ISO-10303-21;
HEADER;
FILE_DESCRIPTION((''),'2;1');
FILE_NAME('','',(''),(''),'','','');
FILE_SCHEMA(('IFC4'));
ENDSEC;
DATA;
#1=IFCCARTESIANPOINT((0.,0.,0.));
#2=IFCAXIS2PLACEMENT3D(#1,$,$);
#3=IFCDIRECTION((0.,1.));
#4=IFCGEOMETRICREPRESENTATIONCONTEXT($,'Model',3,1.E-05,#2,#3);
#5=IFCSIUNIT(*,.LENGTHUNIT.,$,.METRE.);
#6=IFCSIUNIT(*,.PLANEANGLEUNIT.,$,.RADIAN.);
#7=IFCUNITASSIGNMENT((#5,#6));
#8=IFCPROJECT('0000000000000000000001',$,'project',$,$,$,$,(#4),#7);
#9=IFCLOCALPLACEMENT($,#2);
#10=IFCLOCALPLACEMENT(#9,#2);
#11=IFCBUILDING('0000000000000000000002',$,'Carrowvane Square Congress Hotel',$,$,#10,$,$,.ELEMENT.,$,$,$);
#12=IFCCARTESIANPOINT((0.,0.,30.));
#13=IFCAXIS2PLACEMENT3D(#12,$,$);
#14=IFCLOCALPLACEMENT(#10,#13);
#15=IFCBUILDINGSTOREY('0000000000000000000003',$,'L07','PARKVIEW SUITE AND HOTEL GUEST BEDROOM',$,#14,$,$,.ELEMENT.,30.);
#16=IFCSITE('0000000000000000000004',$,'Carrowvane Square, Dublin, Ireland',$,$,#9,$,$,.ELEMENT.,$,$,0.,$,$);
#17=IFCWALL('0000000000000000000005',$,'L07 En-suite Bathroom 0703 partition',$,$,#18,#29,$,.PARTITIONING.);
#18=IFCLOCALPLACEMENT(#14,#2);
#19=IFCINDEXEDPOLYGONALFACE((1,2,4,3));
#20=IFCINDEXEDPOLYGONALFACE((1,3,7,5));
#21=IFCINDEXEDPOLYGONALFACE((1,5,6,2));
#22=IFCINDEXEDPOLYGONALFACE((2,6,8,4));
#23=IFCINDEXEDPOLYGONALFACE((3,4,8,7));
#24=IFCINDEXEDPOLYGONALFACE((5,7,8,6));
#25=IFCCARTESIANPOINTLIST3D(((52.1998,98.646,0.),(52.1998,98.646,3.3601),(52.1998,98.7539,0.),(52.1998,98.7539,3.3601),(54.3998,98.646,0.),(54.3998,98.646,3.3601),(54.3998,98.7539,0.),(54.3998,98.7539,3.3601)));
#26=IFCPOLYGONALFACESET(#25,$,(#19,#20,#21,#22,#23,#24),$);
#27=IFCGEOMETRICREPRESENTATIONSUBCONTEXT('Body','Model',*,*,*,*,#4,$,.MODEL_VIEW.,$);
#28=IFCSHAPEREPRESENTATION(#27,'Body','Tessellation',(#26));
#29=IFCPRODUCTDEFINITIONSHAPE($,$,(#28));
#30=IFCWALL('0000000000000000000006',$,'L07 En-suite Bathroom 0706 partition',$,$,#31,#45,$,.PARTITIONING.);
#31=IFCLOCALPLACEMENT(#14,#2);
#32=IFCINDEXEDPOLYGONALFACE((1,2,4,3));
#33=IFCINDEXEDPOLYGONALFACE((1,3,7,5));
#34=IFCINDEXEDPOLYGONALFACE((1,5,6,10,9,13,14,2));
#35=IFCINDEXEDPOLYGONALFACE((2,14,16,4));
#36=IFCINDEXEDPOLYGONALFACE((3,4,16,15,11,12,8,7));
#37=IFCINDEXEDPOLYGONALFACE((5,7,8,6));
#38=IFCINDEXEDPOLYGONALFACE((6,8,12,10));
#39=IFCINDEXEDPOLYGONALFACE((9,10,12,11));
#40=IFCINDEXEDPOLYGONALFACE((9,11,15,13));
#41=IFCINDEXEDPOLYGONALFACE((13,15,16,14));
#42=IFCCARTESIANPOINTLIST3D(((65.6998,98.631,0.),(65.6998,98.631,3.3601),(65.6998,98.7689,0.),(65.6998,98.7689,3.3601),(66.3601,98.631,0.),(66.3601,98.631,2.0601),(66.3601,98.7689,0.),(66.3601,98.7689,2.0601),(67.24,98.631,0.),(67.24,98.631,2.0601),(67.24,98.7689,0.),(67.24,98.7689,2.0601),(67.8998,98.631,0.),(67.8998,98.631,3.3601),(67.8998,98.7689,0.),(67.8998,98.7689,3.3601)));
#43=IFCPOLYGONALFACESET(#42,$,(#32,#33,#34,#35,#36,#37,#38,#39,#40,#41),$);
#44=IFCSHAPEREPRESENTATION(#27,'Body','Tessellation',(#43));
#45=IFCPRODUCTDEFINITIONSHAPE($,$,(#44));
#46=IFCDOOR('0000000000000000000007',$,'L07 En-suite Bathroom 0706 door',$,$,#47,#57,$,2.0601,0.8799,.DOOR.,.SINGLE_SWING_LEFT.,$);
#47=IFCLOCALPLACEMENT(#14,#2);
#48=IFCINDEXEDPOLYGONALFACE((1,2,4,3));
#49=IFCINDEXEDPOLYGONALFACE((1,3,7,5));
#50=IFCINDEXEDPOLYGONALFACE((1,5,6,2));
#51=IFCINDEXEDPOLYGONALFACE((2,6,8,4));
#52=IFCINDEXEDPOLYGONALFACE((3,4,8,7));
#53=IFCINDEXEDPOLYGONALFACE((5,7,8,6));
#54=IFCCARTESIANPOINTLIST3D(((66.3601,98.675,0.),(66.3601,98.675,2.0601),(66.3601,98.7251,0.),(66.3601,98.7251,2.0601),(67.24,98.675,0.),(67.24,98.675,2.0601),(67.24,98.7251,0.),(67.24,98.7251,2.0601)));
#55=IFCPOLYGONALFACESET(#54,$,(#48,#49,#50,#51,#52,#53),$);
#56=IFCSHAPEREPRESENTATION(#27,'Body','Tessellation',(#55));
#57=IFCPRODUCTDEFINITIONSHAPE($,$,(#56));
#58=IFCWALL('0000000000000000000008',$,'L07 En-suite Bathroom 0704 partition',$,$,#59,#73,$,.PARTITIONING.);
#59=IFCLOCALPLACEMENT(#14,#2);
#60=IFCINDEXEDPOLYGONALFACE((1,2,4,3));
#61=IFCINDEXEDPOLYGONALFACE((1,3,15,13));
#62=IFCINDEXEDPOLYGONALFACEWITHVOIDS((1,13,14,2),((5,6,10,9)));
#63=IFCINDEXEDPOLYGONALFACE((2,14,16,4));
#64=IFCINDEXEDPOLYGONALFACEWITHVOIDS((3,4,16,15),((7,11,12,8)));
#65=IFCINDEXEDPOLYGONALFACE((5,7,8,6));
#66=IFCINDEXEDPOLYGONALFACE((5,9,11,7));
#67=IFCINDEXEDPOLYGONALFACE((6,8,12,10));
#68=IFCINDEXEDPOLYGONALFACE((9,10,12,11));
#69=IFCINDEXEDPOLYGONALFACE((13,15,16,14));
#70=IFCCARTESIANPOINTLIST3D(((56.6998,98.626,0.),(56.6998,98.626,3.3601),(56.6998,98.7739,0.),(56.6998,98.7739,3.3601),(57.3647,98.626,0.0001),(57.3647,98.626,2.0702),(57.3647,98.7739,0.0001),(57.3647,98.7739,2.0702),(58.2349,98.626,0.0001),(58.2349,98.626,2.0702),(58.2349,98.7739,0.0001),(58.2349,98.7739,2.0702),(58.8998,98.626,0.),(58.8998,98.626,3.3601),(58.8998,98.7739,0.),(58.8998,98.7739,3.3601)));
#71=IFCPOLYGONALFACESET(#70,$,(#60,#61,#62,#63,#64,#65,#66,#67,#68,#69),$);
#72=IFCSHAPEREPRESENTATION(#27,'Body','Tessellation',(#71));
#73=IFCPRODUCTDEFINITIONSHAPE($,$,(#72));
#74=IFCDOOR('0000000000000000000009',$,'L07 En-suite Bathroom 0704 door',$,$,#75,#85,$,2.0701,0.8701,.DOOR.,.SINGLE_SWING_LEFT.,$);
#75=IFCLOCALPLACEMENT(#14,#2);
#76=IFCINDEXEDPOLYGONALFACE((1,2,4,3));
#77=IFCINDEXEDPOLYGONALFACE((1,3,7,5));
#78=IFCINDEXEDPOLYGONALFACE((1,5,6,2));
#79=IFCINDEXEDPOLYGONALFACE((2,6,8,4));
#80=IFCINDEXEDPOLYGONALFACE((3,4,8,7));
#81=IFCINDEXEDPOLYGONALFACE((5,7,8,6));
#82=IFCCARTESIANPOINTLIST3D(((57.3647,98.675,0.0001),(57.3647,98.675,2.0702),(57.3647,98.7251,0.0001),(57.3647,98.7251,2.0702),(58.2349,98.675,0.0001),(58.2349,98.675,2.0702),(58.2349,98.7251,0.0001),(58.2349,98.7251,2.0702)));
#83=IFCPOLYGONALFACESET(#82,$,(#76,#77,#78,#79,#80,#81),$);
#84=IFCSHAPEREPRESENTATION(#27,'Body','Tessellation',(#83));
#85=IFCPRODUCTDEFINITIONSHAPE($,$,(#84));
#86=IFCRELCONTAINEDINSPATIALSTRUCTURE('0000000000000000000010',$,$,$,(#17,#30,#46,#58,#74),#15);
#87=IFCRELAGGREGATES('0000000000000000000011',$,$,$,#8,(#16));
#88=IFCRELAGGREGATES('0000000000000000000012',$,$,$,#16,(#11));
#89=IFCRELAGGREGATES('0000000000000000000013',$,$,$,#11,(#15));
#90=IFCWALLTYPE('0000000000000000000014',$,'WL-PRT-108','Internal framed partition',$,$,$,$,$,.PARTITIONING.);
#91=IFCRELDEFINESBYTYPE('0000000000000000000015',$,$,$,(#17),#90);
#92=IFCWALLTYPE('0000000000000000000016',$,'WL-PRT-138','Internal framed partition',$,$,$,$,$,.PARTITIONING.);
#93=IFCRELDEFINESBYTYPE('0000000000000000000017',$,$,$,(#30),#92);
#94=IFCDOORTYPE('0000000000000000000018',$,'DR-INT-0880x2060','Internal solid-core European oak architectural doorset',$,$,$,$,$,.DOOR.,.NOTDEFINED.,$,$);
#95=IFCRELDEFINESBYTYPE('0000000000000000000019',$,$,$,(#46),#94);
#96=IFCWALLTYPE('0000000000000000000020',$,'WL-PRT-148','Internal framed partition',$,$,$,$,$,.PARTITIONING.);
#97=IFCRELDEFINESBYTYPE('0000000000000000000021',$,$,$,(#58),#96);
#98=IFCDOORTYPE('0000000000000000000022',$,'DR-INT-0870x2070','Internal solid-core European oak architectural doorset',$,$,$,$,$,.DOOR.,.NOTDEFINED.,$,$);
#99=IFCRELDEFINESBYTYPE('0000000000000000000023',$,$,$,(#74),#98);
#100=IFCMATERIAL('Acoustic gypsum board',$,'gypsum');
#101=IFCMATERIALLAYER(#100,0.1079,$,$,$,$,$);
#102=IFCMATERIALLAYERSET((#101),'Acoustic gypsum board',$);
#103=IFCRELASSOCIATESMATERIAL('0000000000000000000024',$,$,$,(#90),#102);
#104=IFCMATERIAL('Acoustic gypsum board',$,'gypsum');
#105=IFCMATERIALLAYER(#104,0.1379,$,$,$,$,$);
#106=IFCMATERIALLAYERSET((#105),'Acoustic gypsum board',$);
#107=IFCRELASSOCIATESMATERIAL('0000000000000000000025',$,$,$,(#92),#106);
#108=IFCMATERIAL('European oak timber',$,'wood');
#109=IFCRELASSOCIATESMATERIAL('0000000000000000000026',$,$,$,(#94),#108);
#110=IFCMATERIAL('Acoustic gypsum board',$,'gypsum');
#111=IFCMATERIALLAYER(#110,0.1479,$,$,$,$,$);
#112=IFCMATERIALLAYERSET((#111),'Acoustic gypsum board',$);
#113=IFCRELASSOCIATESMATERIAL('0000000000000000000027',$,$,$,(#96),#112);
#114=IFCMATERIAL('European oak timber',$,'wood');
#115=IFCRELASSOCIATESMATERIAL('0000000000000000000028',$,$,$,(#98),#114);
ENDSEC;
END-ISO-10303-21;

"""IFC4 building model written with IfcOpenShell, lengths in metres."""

from ifc_helpers import new_model, si_unit, direction, frame, frame_2d, origin, place, context, subcontext, project, spatial, rectangle, extrude, material, layer, layer_set, type_object, element, fill, save


model = new_model("IFC4")

# Units and contexts
model_context = context("Model", 3, precision=1e-05, world=origin(), true_north=direction((0.0, 1.0)))
body_context = subcontext(model_context, "Body", "Model", "MODEL_VIEW")
ifc_project = project(units=[si_unit("LENGTHUNIT", "METRE"), si_unit("PLANEANGLEUNIT", "RADIAN")], contexts=[model_context])

# Site, building, storey
site_placement = place(None, origin())
site = spatial("IfcSite", under=ifc_project, at=site_placement, Name="Carrowvane Square, Dublin, Ireland", CompositionType="ELEMENT", RefElevation=0.0)
building_placement = place(site_placement, origin())
building = spatial("IfcBuilding", under=site, at=building_placement, Name="Carrowvane Square Congress Hotel", CompositionType="ELEMENT")
storey_placement = place(building_placement, frame((0.0, 0.0, 30.0)))
storey = spatial("IfcBuildingStorey", under=building, at=storey_placement, Name="L07", Description="PARKVIEW SUITE AND HOTEL GUEST BEDROOM", CompositionType="ELEMENT", Elevation=30.0)

# Wall
ifc_material_1 = material(Name="Acoustic gypsum board", Category="gypsum")
ifc_layer_1 = layer(ifc_material_1, 0.1079)
ifc_layer_set_1 = layer_set([ifc_layer_1], Name="Acoustic gypsum board")
wall_type_1 = type_object("IfcWallType", Name="WL-PRT-108", Description="Internal framed partition", PredefinedType="PARTITIONING", material=ifc_layer_set_1)
wall_1_placement = place(storey_placement, frame((54.3999, 98.7, 0.0), z_axis=(0.0, 0.0, 1.0), x_axis=(-1.0, 0.0, 0.0)))
element("IfcWall", 1, at=wall_1_placement, inside=storey, type_object=wall_type_1, Name="L07 En-suite Bathroom 0703 partition", PredefinedType="PARTITIONING", context=body_context, shape_type="SweptSolid", body=[
    extrude(rectangle(XDim=2.2, YDim=0.1079, at=frame_2d((1.1001, 0.0))), origin(), (0.0, 0.0, 1.0), 3.3601),
])

# Walls, openings, doors
ifc_material_2 = material(Name="Acoustic gypsum board", Category="gypsum")
ifc_layer_2 = layer(ifc_material_2, 0.1379)
ifc_layer_set_2 = layer_set([ifc_layer_2], Name="Acoustic gypsum board")
wall_type_2 = type_object("IfcWallType", Name="WL-PRT-138", Description="Internal framed partition", PredefinedType="PARTITIONING", material=ifc_layer_set_2)
wall_2_placement = place(storey_placement, frame((67.8999, 98.7, 0.0), z_axis=(0.0, 0.0, 1.0), x_axis=(-1.0, 0.0, 0.0)))
wall_2 = element("IfcWall", 2, at=wall_2_placement, inside=storey, type_object=wall_type_2, Name="L07 En-suite Bathroom 0706 partition", PredefinedType="PARTITIONING", context=body_context, shape_type="SweptSolid", body=[
    extrude(rectangle(XDim=2.2, YDim=0.1379, at=frame_2d((1.1001, 0.0))), origin(), (0.0, 0.0, 1.0), 3.3601),
])
opening_1_placement = place(wall_2_placement, frame((0.6599, 0.0, 0.0)))
opening_1 = element("IfcOpeningElement", 3, at=opening_1_placement, cuts=wall_2, PredefinedType="OPENING", context=body_context, shape_type="SweptSolid", body=[
    extrude(rectangle(XDim=0.8799, YDim=2.0601, at=frame_2d((0.4399, 1.03))), frame((0.0, 0.0789, 0.0), z_axis=(0.0, -1.0, 0.0), x_axis=(1.0, 0.0, 0.0)), (0.0, 0.0, 1.0), 0.158),
])
ifc_material_3 = material(Name="European oak timber", Category="wood")
door_type_1 = type_object("IfcDoorType", Name="DR-INT-0880x2060", Description="Internal solid-core European oak architectural doorset", OperationType="NOTDEFINED", PredefinedType="DOOR", material=ifc_material_3)
door_1_placement = place(opening_1_placement, origin())
door_1 = element("IfcDoor", 4, at=door_1_placement, inside=storey, type_object=door_type_1, Name="L07 En-suite Bathroom 0706 door", OperationType="SINGLE_SWING_LEFT", OverallHeight=2.0601, OverallWidth=0.8799, PredefinedType="DOOR", context=body_context, shape_type="SweptSolid", body=[
    extrude(rectangle(XDim=0.8799, YDim=2.0601, at=frame_2d((0.4399, 1.03))), frame((0.0, 0.0249, 0.0), z_axis=(0.0, -1.0, 0.0), x_axis=(1.0, 0.0, 0.0)), (0.0, 0.0, 1.0), 0.05),
])
fill(opening_1, door_1)
ifc_material_4 = material(Name="Acoustic gypsum board", Category="gypsum")
ifc_layer_3 = layer(ifc_material_4, 0.1479)
ifc_layer_set_3 = layer_set([ifc_layer_3], Name="Acoustic gypsum board")
wall_type_3 = type_object("IfcWallType", Name="WL-PRT-148", Description="Internal framed partition", PredefinedType="PARTITIONING", material=ifc_layer_set_3)
wall_3_placement = place(storey_placement, frame((58.8999, 98.7, 0.0), z_axis=(0.0, 0.0, 1.0), x_axis=(-1.0, 0.0, 0.0)))
wall_3 = element("IfcWall", 5, at=wall_3_placement, inside=storey, type_object=wall_type_3, Name="L07 En-suite Bathroom 0704 partition", PredefinedType="PARTITIONING", context=body_context, shape_type="SweptSolid", body=[
    extrude(rectangle(XDim=2.2, YDim=0.1479, at=frame_2d((1.1001, 0.0))), origin(), (0.0, 0.0, 1.0), 3.3601),
])
opening_2_placement = place(wall_3_placement, frame((0.665, 0.0, 0.0)))
opening_2 = element("IfcOpeningElement", 6, at=opening_2_placement, cuts=wall_3, PredefinedType="OPENING", context=body_context, shape_type="SweptSolid", body=[
    extrude(rectangle(XDim=0.8701, YDim=2.0701, at=frame_2d((0.4351, 1.0352))), frame((0.0, 0.084, 0.0), z_axis=(0.0, -1.0, 0.0), x_axis=(1.0, 0.0, 0.0)), (0.0, 0.0, 1.0), 0.168),
])
ifc_material_5 = material(Name="European oak timber", Category="wood")
door_type_2 = type_object("IfcDoorType", Name="DR-INT-0870x2070", Description="Internal solid-core European oak architectural doorset", OperationType="NOTDEFINED", PredefinedType="DOOR", material=ifc_material_5)
door_2_placement = place(opening_2_placement, origin())
door_2 = element("IfcDoor", 7, at=door_2_placement, inside=storey, type_object=door_type_2, Name="L07 En-suite Bathroom 0704 door", OperationType="SINGLE_SWING_LEFT", OverallHeight=2.0701, OverallWidth=0.8701, PredefinedType="DOOR", context=body_context, shape_type="SweptSolid", body=[
    extrude(rectangle(XDim=0.8701, YDim=2.0701, at=frame_2d((0.4351, 1.0352))), frame((0.0, 0.0249, 0.0), z_axis=(0.0, -1.0, 0.0), x_axis=(1.0, 0.0, 0.0)), (0.0, 0.0, 1.0), 0.05),
])
fill(opening_2, door_2)

save(model, "model.ifc")
